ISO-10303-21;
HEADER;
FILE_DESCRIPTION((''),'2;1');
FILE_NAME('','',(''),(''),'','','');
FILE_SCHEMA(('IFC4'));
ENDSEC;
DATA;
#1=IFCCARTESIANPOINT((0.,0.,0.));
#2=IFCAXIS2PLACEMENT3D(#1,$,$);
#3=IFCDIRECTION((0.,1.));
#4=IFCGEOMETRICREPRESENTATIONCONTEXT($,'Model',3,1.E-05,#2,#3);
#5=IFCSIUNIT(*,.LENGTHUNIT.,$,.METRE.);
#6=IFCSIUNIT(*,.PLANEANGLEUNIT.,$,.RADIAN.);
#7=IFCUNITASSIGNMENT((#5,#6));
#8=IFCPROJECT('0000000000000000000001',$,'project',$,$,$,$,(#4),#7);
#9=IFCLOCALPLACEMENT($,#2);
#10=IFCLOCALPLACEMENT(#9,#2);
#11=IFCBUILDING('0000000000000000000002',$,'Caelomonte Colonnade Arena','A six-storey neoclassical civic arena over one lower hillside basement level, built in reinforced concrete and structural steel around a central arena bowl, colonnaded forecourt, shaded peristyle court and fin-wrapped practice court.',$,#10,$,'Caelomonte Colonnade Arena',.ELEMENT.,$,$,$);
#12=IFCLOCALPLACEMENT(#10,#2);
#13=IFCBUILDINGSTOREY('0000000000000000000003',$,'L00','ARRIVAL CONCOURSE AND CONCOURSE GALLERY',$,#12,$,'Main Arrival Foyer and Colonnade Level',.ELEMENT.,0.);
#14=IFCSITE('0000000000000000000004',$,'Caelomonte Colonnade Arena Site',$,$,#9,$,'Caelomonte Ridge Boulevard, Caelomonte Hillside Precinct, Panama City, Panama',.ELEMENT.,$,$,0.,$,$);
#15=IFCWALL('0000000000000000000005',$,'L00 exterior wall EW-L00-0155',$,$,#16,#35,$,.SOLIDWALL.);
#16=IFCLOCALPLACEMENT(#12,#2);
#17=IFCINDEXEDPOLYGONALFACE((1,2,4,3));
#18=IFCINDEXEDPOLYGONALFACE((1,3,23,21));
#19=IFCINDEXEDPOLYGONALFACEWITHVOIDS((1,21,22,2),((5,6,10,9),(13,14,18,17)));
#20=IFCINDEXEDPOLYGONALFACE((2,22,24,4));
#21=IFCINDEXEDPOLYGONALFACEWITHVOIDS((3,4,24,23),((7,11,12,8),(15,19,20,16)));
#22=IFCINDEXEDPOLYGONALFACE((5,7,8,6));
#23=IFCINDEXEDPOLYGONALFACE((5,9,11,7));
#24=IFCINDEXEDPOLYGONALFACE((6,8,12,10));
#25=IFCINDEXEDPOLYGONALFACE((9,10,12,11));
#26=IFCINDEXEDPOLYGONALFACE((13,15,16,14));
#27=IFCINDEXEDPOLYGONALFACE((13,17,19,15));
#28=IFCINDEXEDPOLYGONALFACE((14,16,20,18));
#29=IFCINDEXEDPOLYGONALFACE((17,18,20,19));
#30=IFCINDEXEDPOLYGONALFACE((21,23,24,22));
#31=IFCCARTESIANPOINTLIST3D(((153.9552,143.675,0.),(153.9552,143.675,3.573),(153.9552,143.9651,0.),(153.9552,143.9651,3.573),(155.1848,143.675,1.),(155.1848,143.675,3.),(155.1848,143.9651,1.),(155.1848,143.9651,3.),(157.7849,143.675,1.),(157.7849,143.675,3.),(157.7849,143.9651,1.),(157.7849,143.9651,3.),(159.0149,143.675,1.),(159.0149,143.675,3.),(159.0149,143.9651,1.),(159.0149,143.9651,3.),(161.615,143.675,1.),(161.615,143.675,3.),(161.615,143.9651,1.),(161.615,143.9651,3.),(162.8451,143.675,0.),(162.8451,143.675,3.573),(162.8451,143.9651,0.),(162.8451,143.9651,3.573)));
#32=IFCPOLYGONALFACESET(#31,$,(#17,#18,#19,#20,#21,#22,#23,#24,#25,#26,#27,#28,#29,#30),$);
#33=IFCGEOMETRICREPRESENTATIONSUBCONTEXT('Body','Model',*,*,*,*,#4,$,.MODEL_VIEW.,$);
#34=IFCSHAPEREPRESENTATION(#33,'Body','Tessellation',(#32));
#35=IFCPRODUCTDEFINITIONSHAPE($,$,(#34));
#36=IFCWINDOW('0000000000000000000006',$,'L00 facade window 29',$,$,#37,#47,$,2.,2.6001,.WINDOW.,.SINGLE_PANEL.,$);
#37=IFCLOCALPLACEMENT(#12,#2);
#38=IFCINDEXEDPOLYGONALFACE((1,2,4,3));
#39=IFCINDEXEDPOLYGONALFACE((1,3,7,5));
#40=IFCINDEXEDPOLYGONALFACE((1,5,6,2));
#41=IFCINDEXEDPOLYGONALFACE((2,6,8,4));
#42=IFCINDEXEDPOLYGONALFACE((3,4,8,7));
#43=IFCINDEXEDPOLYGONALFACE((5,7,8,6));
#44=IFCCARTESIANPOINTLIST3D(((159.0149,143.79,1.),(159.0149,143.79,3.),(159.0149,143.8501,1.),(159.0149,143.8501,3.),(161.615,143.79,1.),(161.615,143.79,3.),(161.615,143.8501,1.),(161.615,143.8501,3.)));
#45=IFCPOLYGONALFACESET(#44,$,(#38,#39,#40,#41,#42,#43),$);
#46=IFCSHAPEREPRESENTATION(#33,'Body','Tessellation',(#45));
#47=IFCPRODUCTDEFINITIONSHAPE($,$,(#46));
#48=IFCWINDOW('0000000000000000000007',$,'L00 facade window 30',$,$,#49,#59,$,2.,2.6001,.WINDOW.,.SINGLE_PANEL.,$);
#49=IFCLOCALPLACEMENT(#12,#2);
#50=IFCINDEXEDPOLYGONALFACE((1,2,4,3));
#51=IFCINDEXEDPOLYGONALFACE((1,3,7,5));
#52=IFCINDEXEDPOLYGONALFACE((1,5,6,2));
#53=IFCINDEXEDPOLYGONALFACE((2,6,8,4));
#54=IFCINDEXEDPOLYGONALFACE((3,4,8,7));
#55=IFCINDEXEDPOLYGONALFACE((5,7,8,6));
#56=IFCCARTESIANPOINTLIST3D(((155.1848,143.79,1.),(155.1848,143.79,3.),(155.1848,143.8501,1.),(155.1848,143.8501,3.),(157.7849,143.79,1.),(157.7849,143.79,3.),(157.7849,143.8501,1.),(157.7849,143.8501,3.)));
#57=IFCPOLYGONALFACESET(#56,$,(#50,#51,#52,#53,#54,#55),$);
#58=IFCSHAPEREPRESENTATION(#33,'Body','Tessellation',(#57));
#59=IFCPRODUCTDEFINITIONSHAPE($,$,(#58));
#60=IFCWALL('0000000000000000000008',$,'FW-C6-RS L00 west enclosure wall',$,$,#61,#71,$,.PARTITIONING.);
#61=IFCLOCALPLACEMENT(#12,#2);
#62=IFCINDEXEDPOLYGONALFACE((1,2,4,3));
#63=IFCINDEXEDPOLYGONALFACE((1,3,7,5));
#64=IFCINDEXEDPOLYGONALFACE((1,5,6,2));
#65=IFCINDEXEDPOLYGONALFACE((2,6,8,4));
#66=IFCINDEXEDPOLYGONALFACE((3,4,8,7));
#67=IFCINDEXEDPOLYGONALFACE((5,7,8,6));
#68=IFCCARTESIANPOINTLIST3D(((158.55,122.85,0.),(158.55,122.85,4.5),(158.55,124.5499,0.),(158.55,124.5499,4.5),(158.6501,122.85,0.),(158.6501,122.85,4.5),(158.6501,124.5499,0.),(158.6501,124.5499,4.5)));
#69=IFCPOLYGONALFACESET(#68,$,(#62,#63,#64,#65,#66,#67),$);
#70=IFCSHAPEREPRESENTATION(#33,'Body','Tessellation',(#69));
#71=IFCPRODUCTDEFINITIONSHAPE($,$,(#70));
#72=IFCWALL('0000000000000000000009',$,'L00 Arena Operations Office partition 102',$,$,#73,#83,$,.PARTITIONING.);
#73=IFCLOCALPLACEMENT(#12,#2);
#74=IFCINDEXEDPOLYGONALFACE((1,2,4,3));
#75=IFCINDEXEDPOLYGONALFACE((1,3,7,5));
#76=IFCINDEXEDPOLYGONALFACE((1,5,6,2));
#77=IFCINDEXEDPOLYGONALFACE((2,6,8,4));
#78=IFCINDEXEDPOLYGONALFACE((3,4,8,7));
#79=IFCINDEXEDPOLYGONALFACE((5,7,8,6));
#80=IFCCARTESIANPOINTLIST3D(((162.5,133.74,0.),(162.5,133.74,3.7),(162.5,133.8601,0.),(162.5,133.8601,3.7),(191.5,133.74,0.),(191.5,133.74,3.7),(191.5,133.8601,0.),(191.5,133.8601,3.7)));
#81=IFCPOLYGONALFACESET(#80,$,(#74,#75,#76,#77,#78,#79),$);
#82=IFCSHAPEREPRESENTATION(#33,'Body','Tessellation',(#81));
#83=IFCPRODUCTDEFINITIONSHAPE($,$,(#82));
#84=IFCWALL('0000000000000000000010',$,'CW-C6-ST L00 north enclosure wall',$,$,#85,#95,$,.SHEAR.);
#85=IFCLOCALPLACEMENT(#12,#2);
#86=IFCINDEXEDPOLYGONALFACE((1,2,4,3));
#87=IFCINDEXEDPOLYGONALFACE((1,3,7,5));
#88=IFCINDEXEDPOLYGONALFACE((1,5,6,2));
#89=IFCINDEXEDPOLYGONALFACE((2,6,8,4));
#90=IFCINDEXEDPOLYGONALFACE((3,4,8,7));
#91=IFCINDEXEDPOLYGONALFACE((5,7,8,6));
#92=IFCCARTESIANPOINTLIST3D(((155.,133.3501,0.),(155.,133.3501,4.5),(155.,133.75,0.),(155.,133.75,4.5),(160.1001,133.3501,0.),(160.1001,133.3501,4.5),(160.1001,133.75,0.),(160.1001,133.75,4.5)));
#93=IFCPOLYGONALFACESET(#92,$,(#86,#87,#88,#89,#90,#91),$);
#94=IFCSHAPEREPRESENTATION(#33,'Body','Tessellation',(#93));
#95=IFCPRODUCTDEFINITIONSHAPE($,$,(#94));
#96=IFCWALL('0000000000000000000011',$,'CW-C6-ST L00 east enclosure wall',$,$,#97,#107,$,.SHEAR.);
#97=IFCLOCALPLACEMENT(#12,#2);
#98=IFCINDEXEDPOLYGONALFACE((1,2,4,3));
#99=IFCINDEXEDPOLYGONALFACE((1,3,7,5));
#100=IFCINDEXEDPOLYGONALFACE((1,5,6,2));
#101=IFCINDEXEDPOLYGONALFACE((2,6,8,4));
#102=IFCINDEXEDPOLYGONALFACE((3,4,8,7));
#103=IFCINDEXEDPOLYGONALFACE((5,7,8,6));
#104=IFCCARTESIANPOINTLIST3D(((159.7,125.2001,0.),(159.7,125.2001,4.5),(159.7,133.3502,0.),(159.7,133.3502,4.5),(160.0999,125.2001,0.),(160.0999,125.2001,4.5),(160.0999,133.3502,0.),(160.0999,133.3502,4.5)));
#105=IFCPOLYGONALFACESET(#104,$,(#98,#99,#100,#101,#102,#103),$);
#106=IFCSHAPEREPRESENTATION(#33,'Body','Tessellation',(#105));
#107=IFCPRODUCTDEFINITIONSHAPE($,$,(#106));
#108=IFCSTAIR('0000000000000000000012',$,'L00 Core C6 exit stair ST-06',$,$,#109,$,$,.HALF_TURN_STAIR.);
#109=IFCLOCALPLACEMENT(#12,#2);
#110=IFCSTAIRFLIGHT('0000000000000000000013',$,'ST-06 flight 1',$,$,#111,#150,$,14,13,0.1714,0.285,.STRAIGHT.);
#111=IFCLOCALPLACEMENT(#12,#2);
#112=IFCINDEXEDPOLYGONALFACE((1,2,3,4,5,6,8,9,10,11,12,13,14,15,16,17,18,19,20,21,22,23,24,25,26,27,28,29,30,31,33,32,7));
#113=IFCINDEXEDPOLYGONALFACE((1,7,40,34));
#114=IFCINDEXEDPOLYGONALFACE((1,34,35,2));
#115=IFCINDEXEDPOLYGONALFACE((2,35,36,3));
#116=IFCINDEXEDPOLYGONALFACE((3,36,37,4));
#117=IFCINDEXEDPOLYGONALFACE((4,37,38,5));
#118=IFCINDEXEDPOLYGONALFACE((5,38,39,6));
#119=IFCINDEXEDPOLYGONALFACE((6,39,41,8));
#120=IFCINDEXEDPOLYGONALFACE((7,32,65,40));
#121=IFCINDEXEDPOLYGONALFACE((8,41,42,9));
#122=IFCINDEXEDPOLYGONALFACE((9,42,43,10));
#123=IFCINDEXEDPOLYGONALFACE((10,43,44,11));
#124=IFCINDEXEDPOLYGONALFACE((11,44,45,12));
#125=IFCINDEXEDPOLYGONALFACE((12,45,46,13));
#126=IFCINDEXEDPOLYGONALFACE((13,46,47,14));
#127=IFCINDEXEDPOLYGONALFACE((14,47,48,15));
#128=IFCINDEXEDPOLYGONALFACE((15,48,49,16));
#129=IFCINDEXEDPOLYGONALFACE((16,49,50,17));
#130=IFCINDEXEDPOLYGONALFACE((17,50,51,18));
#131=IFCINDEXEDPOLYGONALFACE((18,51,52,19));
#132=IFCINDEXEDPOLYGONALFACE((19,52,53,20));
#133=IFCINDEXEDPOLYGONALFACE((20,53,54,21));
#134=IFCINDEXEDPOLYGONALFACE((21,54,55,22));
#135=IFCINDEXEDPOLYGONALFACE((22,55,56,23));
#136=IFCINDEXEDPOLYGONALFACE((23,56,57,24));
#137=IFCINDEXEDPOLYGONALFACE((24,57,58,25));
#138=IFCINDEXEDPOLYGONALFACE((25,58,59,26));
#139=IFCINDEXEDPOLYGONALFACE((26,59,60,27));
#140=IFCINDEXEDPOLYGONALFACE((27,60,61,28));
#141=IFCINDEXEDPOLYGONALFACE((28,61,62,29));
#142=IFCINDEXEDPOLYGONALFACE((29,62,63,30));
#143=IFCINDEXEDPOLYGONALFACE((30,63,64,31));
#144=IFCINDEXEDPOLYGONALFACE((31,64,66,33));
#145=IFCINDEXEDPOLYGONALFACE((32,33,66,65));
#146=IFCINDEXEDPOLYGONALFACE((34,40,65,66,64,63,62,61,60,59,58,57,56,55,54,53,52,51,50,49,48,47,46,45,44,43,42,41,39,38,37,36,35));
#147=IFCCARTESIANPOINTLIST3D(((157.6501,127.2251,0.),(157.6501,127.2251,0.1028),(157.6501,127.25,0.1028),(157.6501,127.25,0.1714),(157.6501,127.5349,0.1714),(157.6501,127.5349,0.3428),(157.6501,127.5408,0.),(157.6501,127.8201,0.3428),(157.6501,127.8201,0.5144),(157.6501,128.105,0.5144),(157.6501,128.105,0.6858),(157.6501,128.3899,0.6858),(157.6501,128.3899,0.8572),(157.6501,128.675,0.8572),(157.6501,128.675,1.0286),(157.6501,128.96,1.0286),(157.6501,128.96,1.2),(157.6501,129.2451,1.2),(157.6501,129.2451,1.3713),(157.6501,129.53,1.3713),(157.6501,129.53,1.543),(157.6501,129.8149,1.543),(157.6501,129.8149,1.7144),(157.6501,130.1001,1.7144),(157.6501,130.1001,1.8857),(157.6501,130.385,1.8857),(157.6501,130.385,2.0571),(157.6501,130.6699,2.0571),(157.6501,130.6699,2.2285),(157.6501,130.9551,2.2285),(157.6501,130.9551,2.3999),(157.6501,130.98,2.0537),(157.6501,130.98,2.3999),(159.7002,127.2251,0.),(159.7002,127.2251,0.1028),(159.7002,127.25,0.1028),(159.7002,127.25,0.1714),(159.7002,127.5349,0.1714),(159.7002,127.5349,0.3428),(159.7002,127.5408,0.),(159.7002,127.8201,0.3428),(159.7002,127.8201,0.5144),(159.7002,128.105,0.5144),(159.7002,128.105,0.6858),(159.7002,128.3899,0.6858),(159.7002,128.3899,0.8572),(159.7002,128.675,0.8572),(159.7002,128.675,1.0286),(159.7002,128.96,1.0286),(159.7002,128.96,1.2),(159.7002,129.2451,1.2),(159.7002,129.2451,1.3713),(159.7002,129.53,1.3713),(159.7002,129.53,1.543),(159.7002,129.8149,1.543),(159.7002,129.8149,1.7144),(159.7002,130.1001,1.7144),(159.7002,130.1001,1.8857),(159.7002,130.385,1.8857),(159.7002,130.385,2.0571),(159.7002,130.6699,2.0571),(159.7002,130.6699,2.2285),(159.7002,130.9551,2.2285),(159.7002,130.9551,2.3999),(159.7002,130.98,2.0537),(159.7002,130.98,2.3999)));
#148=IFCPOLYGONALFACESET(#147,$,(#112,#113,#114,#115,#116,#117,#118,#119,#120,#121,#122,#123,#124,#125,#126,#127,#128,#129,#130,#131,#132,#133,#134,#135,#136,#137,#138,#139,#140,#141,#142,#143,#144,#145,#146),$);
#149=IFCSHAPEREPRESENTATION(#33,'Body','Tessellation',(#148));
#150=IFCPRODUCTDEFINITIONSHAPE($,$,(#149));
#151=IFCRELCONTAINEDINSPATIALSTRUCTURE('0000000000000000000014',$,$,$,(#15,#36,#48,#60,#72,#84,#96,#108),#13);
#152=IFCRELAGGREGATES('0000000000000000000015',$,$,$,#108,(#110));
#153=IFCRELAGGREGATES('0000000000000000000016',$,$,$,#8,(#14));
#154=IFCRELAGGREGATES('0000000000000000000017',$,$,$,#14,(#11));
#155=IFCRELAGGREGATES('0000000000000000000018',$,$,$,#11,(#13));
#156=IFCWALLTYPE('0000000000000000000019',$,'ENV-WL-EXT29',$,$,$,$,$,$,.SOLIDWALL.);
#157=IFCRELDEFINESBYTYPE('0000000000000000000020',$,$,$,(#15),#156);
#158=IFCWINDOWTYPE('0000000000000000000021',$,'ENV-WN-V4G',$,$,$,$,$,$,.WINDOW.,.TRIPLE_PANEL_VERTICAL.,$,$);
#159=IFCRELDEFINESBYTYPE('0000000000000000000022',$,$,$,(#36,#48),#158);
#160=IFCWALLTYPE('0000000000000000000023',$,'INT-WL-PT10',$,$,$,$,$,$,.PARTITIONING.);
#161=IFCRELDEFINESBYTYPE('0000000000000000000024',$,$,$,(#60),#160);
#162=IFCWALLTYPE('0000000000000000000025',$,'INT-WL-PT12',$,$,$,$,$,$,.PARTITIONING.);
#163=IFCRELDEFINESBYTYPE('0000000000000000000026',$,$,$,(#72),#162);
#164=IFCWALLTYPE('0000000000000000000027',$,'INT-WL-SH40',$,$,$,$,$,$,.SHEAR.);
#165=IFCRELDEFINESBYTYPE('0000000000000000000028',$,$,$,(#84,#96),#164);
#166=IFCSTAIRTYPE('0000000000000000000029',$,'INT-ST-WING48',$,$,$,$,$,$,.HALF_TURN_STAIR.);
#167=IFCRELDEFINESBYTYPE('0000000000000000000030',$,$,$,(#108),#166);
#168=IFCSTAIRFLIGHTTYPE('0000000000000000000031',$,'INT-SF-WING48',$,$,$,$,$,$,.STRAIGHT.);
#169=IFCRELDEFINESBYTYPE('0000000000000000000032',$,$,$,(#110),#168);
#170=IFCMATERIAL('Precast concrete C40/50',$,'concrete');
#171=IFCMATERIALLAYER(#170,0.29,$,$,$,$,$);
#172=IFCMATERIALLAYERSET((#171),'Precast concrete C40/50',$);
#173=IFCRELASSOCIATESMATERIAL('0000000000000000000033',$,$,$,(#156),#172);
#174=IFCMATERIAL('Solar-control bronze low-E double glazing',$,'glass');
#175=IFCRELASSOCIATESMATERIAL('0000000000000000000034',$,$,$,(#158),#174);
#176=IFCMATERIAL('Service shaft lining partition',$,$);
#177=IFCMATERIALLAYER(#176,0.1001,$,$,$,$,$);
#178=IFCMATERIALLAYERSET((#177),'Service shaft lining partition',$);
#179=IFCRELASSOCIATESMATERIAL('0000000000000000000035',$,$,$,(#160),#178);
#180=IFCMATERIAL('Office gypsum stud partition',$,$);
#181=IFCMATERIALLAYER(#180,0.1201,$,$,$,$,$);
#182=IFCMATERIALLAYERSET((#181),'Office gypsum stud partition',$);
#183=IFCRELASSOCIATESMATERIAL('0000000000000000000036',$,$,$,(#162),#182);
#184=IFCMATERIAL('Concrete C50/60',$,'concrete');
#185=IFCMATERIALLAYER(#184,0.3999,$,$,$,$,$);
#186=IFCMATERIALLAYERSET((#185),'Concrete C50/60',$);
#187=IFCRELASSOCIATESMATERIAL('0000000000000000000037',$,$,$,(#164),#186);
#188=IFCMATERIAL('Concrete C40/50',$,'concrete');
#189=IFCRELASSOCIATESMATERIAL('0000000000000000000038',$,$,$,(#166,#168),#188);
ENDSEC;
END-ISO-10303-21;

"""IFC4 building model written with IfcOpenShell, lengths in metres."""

from ifc_helpers import new_model, si_unit, direction, frame, frame_2d, origin, place, context, subcontext, project, spatial, polyline, rectangle, outline, extrude, material, layer, layer_set, type_object, element, fill, aggregate, save


model = new_model("IFC4")

# Units and contexts
model_context = context("Model", 3, precision=1e-05, world=origin(), true_north=direction((0.0, 1.0)))
body_context = subcontext(model_context, "Body", "Model", "MODEL_VIEW")
ifc_project = project(units=[si_unit("LENGTHUNIT", "METRE"), si_unit("PLANEANGLEUNIT", "RADIAN")], contexts=[model_context])

# Site, building, storey
site_placement = place(None, origin())
site = spatial("IfcSite", under=ifc_project, at=site_placement, Name="Caelomonte Colonnade Arena Site", LongName="Caelomonte Ridge Boulevard, Caelomonte Hillside Precinct, Panama City, Panama", CompositionType="ELEMENT", RefElevation=0.0)
building_placement = place(site_placement, origin())
building = spatial("IfcBuilding", under=site, at=building_placement, Name="Caelomonte Colonnade Arena", Description="A six-storey neoclassical civic arena over one lower hillside basement level, built in reinforced concrete and structural steel around a central arena bowl, colonnaded forecourt, shaded peristyle court and fin-wrapped practice court.", LongName="Caelomonte Colonnade Arena", CompositionType="ELEMENT")
storey_placement = place(building_placement, origin())
storey = spatial("IfcBuildingStorey", under=building, at=storey_placement, Name="L00", Description="ARRIVAL CONCOURSE AND CONCOURSE GALLERY", LongName="Main Arrival Foyer and Colonnade Level", CompositionType="ELEMENT", Elevation=0.0)

# Shared definitions
ifc_material_1 = material(Name="Concrete C40/50", Category="concrete")

# Wall, openings, windows
ifc_material_2 = material(Name="Precast concrete C40/50", Category="concrete")
ifc_layer_1 = layer(ifc_material_2, 0.29)
ifc_layer_set_1 = layer_set([ifc_layer_1], Name="Precast concrete C40/50")
wall_type_1 = type_object("IfcWallType", Name="ENV-WL-EXT29", PredefinedType="SOLIDWALL", material=ifc_layer_set_1)
wall_1_placement = place(storey_placement, frame((162.845, 143.8201, 0.0), z_axis=(0.0, 0.0, 1.0), x_axis=(-1.0, 0.0, 0.0)))
wall_1 = element("IfcWall", 1, at=wall_1_placement, inside=storey, type_object=wall_type_1, Name="L00 exterior wall EW-L00-0155", PredefinedType="SOLIDWALL", context=body_context, shape_type="SweptSolid", body=[
    extrude(rectangle(XDim=8.8899, YDim=0.29, at=frame_2d((4.4448, 0.0))), origin(), (0.0, 0.0, 1.0), 3.573),
])
opening_1_placement = place(wall_1_placement, frame((3.8301, 0.0, 1.0), z_axis=(0.0, 0.0, 1.0), x_axis=(-1.0, 0.0, 0.0)))
opening_1 = element("IfcOpeningElement", 2, at=opening_1_placement, cuts=wall_1, PredefinedType="OPENING", context=body_context, shape_type="SweptSolid", body=[
    extrude(rectangle(XDim=2.6001, YDim=2.0, at=frame_2d((1.3, 1.0))), frame((0.0, 0.155, 0.0), z_axis=(0.0, -1.0, 0.0), x_axis=(1.0, 0.0, 0.0)), (0.0, 0.0, 1.0), 0.3101),
])
opening_2_placement = place(wall_1_placement, frame((7.6602, 0.0, 1.0), z_axis=(0.0, 0.0, 1.0), x_axis=(-1.0, 0.0, 0.0)))
opening_2 = element("IfcOpeningElement", 3, at=opening_2_placement, cuts=wall_1, PredefinedType="OPENING", context=body_context, shape_type="SweptSolid", body=[
    extrude(rectangle(XDim=2.6001, YDim=2.0, at=frame_2d((1.3, 1.0))), frame((0.0, 0.155, 0.0), z_axis=(0.0, -1.0, 0.0), x_axis=(1.0, 0.0, 0.0)), (0.0, 0.0, 1.0), 0.3101),
])
ifc_material_3 = material(Name="Solar-control bronze low-E double glazing", Category="glass")
window_type = type_object("IfcWindowType", Name="ENV-WN-V4G", PartitioningType="TRIPLE_PANEL_VERTICAL", PredefinedType="WINDOW", material=ifc_material_3)
window_1_placement = place(opening_1_placement, origin())
window_1 = element("IfcWindow", 4, at=window_1_placement, inside=storey, type_object=window_type, Name="L00 facade window 29", OverallHeight=2.0, OverallWidth=2.6001, PartitioningType="SINGLE_PANEL", PredefinedType="WINDOW", context=body_context, shape_type="SweptSolid", body=[
    extrude(rectangle(XDim=2.6001, YDim=2.0, at=frame_2d((1.3, 1.0))), frame((0.0, 0.03, 0.0), z_axis=(0.0, -1.0, 0.0), x_axis=(1.0, 0.0, 0.0)), (0.0, 0.0, 1.0), 0.0601),
])
fill(opening_1, window_1)
window_2_placement = place(opening_2_placement, origin())
window_2 = element("IfcWindow", 5, at=window_2_placement, inside=storey, type_object=window_type, Name="L00 facade window 30", OverallHeight=2.0, OverallWidth=2.6001, PartitioningType="SINGLE_PANEL", PredefinedType="WINDOW", context=body_context, shape_type="SweptSolid", body=[
    extrude(rectangle(XDim=2.6001, YDim=2.0, at=frame_2d((1.3, 1.0))), frame((0.0, 0.03, 0.0), z_axis=(0.0, -1.0, 0.0), x_axis=(1.0, 0.0, 0.0)), (0.0, 0.0, 1.0), 0.0601),
])
fill(opening_2, window_2)

# Walls
ifc_material_4 = material(Name="Service shaft lining partition")
ifc_layer_2 = layer(ifc_material_4, 0.1001)
ifc_layer_set_2 = layer_set([ifc_layer_2], Name="Service shaft lining partition")
wall_type_2 = type_object("IfcWallType", Name="INT-WL-PT10", PredefinedType="PARTITIONING", material=ifc_layer_set_2)
wall_2_placement = place(storey_placement, frame((158.6001, 124.55, 0.0), z_axis=(0.0, 0.0, 1.0), x_axis=(0.0, -1.0, 0.0)))
element("IfcWall", 6, at=wall_2_placement, inside=storey, type_object=wall_type_2, Name="FW-C6-RS L00 west enclosure wall", PredefinedType="PARTITIONING", context=body_context, shape_type="SweptSolid", body=[
    extrude(rectangle(XDim=1.7, YDim=0.1001, at=frame_2d((0.8501, 0.0))), origin(), (0.0, 0.0, 1.0), 4.5),
])
ifc_material_5 = material(Name="Office gypsum stud partition")
ifc_layer_3 = layer(ifc_material_5, 0.1201)
ifc_layer_set_3 = layer_set([ifc_layer_3], Name="Office gypsum stud partition")
wall_type_3 = type_object("IfcWallType", Name="INT-WL-PT12", PredefinedType="PARTITIONING", material=ifc_layer_set_3)
wall_3_placement = place(storey_placement, frame((162.5, 133.8, 0.0), z_axis=(0.0, 0.0, 1.0), x_axis=(1.0, 0.0, 0.0)))
element("IfcWall", 7, at=wall_3_placement, inside=storey, type_object=wall_type_3, Name="L00 Arena Operations Office partition 102", PredefinedType="PARTITIONING", context=body_context, shape_type="SweptSolid", body=[
    extrude(rectangle(XDim=29.0, YDim=0.1201, at=frame_2d((14.5, 0.0))), origin(), (0.0, 0.0, 1.0), 3.7),
])
ifc_material_6 = material(Name="Concrete C50/60", Category="concrete")
ifc_layer_4 = layer(ifc_material_6, 0.3999)
ifc_layer_set_4 = layer_set([ifc_layer_4], Name="Concrete C50/60")
wall_type_4 = type_object("IfcWallType", Name="INT-WL-SH40", PredefinedType="SHEAR", material=ifc_layer_set_4)
wall_4_placement = place(storey_placement, frame((160.1001, 133.55, 0.0), z_axis=(0.0, 0.0, 1.0), x_axis=(-1.0, 0.0, 0.0)))
element("IfcWall", 8, at=wall_4_placement, inside=storey, type_object=wall_type_4, Name="CW-C6-ST L00 north enclosure wall", PredefinedType="SHEAR", context=body_context, shape_type="SweptSolid", body=[
    extrude(rectangle(XDim=5.1001, YDim=0.3999, at=frame_2d((2.55, 0.0))), origin(), (0.0, 0.0, 1.0), 4.5),
])
wall_5_placement = place(storey_placement, frame((159.8999, 125.2, 0.0), z_axis=(0.0, 0.0, 1.0), x_axis=(0.0, 1.0, 0.0)))
element("IfcWall", 9, at=wall_5_placement, inside=storey, type_object=wall_type_4, Name="CW-C6-ST L00 east enclosure wall", PredefinedType="SHEAR", context=body_context, shape_type="SweptSolid", body=[
    extrude(rectangle(XDim=8.1501, YDim=0.3999, at=frame_2d((4.0752, 0.0))), origin(), (0.0, 0.0, 1.0), 4.5),
])

# Stair, stair flight
stair_type = type_object("IfcStairType", Name="INT-ST-WING48", PredefinedType="HALF_TURN_STAIR", material=ifc_material_1)
stair_placement = place(storey_placement, origin())
stair = element("IfcStair", 10, at=stair_placement, inside=storey, type_object=stair_type, Name="L00 Core C6 exit stair ST-06", PredefinedType="HALF_TURN_STAIR")
stair_flight_type = type_object("IfcStairFlightType", Name="INT-SF-WING48", PredefinedType="STRAIGHT", material=ifc_material_1)
stair_flight_placement = place(storey_placement, frame((158.675, 127.25, 0.0), z_axis=(0.0, 0.0, 1.0), x_axis=(0.0, 1.0, 0.0)))
stair_flight = element("IfcStairFlight", 11, at=stair_flight_placement, type_object=stair_flight_type, Name="ST-06 flight 1", NumberOfRisers=14, NumberOfTreads=13, PredefinedType="STRAIGHT", RiserHeight=0.1714, TreadLength=0.285, context=body_context, shape_type="SweptSolid", body=[
    extrude(outline(polyline([(-0.0249, 0.0), (-0.0249, 0.1028), (0.0, 0.1028), (0.0, 0.1714), (0.2849, 0.1714), (0.2849, 0.3428), (0.5701, 0.3428), (0.5701, 0.5144), (0.855, 0.5144), (0.855, 0.6858), (1.1399, 0.6858), (1.1399, 0.8572), (1.425, 0.8572), (1.425, 1.0286), (1.71, 1.0286), (1.71, 1.2), (1.9951, 1.2), (1.9951, 1.3713), (2.28, 1.3713), (2.28, 1.543), (2.5649, 1.543), (2.5649, 1.7144), (2.8501, 1.7144), (2.8501, 1.8857), (3.135, 1.8857), (3.135, 2.0571), (3.4199, 2.0571), (3.4199, 2.2285), (3.7051, 2.2285), (3.7051, 2.3999), (3.73, 2.3999), (3.73, 2.0537), (0.2908, 0.0), (-0.0249, 0.0)])), frame((0.0, 1.0249, 0.0), z_axis=(0.0, -1.0, 0.0), x_axis=(1.0, 0.0, 0.0)), (0.0, 0.0, 1.0), 2.05),
])
aggregate(stair, [stair_flight])

save(model, "model.ifc")
